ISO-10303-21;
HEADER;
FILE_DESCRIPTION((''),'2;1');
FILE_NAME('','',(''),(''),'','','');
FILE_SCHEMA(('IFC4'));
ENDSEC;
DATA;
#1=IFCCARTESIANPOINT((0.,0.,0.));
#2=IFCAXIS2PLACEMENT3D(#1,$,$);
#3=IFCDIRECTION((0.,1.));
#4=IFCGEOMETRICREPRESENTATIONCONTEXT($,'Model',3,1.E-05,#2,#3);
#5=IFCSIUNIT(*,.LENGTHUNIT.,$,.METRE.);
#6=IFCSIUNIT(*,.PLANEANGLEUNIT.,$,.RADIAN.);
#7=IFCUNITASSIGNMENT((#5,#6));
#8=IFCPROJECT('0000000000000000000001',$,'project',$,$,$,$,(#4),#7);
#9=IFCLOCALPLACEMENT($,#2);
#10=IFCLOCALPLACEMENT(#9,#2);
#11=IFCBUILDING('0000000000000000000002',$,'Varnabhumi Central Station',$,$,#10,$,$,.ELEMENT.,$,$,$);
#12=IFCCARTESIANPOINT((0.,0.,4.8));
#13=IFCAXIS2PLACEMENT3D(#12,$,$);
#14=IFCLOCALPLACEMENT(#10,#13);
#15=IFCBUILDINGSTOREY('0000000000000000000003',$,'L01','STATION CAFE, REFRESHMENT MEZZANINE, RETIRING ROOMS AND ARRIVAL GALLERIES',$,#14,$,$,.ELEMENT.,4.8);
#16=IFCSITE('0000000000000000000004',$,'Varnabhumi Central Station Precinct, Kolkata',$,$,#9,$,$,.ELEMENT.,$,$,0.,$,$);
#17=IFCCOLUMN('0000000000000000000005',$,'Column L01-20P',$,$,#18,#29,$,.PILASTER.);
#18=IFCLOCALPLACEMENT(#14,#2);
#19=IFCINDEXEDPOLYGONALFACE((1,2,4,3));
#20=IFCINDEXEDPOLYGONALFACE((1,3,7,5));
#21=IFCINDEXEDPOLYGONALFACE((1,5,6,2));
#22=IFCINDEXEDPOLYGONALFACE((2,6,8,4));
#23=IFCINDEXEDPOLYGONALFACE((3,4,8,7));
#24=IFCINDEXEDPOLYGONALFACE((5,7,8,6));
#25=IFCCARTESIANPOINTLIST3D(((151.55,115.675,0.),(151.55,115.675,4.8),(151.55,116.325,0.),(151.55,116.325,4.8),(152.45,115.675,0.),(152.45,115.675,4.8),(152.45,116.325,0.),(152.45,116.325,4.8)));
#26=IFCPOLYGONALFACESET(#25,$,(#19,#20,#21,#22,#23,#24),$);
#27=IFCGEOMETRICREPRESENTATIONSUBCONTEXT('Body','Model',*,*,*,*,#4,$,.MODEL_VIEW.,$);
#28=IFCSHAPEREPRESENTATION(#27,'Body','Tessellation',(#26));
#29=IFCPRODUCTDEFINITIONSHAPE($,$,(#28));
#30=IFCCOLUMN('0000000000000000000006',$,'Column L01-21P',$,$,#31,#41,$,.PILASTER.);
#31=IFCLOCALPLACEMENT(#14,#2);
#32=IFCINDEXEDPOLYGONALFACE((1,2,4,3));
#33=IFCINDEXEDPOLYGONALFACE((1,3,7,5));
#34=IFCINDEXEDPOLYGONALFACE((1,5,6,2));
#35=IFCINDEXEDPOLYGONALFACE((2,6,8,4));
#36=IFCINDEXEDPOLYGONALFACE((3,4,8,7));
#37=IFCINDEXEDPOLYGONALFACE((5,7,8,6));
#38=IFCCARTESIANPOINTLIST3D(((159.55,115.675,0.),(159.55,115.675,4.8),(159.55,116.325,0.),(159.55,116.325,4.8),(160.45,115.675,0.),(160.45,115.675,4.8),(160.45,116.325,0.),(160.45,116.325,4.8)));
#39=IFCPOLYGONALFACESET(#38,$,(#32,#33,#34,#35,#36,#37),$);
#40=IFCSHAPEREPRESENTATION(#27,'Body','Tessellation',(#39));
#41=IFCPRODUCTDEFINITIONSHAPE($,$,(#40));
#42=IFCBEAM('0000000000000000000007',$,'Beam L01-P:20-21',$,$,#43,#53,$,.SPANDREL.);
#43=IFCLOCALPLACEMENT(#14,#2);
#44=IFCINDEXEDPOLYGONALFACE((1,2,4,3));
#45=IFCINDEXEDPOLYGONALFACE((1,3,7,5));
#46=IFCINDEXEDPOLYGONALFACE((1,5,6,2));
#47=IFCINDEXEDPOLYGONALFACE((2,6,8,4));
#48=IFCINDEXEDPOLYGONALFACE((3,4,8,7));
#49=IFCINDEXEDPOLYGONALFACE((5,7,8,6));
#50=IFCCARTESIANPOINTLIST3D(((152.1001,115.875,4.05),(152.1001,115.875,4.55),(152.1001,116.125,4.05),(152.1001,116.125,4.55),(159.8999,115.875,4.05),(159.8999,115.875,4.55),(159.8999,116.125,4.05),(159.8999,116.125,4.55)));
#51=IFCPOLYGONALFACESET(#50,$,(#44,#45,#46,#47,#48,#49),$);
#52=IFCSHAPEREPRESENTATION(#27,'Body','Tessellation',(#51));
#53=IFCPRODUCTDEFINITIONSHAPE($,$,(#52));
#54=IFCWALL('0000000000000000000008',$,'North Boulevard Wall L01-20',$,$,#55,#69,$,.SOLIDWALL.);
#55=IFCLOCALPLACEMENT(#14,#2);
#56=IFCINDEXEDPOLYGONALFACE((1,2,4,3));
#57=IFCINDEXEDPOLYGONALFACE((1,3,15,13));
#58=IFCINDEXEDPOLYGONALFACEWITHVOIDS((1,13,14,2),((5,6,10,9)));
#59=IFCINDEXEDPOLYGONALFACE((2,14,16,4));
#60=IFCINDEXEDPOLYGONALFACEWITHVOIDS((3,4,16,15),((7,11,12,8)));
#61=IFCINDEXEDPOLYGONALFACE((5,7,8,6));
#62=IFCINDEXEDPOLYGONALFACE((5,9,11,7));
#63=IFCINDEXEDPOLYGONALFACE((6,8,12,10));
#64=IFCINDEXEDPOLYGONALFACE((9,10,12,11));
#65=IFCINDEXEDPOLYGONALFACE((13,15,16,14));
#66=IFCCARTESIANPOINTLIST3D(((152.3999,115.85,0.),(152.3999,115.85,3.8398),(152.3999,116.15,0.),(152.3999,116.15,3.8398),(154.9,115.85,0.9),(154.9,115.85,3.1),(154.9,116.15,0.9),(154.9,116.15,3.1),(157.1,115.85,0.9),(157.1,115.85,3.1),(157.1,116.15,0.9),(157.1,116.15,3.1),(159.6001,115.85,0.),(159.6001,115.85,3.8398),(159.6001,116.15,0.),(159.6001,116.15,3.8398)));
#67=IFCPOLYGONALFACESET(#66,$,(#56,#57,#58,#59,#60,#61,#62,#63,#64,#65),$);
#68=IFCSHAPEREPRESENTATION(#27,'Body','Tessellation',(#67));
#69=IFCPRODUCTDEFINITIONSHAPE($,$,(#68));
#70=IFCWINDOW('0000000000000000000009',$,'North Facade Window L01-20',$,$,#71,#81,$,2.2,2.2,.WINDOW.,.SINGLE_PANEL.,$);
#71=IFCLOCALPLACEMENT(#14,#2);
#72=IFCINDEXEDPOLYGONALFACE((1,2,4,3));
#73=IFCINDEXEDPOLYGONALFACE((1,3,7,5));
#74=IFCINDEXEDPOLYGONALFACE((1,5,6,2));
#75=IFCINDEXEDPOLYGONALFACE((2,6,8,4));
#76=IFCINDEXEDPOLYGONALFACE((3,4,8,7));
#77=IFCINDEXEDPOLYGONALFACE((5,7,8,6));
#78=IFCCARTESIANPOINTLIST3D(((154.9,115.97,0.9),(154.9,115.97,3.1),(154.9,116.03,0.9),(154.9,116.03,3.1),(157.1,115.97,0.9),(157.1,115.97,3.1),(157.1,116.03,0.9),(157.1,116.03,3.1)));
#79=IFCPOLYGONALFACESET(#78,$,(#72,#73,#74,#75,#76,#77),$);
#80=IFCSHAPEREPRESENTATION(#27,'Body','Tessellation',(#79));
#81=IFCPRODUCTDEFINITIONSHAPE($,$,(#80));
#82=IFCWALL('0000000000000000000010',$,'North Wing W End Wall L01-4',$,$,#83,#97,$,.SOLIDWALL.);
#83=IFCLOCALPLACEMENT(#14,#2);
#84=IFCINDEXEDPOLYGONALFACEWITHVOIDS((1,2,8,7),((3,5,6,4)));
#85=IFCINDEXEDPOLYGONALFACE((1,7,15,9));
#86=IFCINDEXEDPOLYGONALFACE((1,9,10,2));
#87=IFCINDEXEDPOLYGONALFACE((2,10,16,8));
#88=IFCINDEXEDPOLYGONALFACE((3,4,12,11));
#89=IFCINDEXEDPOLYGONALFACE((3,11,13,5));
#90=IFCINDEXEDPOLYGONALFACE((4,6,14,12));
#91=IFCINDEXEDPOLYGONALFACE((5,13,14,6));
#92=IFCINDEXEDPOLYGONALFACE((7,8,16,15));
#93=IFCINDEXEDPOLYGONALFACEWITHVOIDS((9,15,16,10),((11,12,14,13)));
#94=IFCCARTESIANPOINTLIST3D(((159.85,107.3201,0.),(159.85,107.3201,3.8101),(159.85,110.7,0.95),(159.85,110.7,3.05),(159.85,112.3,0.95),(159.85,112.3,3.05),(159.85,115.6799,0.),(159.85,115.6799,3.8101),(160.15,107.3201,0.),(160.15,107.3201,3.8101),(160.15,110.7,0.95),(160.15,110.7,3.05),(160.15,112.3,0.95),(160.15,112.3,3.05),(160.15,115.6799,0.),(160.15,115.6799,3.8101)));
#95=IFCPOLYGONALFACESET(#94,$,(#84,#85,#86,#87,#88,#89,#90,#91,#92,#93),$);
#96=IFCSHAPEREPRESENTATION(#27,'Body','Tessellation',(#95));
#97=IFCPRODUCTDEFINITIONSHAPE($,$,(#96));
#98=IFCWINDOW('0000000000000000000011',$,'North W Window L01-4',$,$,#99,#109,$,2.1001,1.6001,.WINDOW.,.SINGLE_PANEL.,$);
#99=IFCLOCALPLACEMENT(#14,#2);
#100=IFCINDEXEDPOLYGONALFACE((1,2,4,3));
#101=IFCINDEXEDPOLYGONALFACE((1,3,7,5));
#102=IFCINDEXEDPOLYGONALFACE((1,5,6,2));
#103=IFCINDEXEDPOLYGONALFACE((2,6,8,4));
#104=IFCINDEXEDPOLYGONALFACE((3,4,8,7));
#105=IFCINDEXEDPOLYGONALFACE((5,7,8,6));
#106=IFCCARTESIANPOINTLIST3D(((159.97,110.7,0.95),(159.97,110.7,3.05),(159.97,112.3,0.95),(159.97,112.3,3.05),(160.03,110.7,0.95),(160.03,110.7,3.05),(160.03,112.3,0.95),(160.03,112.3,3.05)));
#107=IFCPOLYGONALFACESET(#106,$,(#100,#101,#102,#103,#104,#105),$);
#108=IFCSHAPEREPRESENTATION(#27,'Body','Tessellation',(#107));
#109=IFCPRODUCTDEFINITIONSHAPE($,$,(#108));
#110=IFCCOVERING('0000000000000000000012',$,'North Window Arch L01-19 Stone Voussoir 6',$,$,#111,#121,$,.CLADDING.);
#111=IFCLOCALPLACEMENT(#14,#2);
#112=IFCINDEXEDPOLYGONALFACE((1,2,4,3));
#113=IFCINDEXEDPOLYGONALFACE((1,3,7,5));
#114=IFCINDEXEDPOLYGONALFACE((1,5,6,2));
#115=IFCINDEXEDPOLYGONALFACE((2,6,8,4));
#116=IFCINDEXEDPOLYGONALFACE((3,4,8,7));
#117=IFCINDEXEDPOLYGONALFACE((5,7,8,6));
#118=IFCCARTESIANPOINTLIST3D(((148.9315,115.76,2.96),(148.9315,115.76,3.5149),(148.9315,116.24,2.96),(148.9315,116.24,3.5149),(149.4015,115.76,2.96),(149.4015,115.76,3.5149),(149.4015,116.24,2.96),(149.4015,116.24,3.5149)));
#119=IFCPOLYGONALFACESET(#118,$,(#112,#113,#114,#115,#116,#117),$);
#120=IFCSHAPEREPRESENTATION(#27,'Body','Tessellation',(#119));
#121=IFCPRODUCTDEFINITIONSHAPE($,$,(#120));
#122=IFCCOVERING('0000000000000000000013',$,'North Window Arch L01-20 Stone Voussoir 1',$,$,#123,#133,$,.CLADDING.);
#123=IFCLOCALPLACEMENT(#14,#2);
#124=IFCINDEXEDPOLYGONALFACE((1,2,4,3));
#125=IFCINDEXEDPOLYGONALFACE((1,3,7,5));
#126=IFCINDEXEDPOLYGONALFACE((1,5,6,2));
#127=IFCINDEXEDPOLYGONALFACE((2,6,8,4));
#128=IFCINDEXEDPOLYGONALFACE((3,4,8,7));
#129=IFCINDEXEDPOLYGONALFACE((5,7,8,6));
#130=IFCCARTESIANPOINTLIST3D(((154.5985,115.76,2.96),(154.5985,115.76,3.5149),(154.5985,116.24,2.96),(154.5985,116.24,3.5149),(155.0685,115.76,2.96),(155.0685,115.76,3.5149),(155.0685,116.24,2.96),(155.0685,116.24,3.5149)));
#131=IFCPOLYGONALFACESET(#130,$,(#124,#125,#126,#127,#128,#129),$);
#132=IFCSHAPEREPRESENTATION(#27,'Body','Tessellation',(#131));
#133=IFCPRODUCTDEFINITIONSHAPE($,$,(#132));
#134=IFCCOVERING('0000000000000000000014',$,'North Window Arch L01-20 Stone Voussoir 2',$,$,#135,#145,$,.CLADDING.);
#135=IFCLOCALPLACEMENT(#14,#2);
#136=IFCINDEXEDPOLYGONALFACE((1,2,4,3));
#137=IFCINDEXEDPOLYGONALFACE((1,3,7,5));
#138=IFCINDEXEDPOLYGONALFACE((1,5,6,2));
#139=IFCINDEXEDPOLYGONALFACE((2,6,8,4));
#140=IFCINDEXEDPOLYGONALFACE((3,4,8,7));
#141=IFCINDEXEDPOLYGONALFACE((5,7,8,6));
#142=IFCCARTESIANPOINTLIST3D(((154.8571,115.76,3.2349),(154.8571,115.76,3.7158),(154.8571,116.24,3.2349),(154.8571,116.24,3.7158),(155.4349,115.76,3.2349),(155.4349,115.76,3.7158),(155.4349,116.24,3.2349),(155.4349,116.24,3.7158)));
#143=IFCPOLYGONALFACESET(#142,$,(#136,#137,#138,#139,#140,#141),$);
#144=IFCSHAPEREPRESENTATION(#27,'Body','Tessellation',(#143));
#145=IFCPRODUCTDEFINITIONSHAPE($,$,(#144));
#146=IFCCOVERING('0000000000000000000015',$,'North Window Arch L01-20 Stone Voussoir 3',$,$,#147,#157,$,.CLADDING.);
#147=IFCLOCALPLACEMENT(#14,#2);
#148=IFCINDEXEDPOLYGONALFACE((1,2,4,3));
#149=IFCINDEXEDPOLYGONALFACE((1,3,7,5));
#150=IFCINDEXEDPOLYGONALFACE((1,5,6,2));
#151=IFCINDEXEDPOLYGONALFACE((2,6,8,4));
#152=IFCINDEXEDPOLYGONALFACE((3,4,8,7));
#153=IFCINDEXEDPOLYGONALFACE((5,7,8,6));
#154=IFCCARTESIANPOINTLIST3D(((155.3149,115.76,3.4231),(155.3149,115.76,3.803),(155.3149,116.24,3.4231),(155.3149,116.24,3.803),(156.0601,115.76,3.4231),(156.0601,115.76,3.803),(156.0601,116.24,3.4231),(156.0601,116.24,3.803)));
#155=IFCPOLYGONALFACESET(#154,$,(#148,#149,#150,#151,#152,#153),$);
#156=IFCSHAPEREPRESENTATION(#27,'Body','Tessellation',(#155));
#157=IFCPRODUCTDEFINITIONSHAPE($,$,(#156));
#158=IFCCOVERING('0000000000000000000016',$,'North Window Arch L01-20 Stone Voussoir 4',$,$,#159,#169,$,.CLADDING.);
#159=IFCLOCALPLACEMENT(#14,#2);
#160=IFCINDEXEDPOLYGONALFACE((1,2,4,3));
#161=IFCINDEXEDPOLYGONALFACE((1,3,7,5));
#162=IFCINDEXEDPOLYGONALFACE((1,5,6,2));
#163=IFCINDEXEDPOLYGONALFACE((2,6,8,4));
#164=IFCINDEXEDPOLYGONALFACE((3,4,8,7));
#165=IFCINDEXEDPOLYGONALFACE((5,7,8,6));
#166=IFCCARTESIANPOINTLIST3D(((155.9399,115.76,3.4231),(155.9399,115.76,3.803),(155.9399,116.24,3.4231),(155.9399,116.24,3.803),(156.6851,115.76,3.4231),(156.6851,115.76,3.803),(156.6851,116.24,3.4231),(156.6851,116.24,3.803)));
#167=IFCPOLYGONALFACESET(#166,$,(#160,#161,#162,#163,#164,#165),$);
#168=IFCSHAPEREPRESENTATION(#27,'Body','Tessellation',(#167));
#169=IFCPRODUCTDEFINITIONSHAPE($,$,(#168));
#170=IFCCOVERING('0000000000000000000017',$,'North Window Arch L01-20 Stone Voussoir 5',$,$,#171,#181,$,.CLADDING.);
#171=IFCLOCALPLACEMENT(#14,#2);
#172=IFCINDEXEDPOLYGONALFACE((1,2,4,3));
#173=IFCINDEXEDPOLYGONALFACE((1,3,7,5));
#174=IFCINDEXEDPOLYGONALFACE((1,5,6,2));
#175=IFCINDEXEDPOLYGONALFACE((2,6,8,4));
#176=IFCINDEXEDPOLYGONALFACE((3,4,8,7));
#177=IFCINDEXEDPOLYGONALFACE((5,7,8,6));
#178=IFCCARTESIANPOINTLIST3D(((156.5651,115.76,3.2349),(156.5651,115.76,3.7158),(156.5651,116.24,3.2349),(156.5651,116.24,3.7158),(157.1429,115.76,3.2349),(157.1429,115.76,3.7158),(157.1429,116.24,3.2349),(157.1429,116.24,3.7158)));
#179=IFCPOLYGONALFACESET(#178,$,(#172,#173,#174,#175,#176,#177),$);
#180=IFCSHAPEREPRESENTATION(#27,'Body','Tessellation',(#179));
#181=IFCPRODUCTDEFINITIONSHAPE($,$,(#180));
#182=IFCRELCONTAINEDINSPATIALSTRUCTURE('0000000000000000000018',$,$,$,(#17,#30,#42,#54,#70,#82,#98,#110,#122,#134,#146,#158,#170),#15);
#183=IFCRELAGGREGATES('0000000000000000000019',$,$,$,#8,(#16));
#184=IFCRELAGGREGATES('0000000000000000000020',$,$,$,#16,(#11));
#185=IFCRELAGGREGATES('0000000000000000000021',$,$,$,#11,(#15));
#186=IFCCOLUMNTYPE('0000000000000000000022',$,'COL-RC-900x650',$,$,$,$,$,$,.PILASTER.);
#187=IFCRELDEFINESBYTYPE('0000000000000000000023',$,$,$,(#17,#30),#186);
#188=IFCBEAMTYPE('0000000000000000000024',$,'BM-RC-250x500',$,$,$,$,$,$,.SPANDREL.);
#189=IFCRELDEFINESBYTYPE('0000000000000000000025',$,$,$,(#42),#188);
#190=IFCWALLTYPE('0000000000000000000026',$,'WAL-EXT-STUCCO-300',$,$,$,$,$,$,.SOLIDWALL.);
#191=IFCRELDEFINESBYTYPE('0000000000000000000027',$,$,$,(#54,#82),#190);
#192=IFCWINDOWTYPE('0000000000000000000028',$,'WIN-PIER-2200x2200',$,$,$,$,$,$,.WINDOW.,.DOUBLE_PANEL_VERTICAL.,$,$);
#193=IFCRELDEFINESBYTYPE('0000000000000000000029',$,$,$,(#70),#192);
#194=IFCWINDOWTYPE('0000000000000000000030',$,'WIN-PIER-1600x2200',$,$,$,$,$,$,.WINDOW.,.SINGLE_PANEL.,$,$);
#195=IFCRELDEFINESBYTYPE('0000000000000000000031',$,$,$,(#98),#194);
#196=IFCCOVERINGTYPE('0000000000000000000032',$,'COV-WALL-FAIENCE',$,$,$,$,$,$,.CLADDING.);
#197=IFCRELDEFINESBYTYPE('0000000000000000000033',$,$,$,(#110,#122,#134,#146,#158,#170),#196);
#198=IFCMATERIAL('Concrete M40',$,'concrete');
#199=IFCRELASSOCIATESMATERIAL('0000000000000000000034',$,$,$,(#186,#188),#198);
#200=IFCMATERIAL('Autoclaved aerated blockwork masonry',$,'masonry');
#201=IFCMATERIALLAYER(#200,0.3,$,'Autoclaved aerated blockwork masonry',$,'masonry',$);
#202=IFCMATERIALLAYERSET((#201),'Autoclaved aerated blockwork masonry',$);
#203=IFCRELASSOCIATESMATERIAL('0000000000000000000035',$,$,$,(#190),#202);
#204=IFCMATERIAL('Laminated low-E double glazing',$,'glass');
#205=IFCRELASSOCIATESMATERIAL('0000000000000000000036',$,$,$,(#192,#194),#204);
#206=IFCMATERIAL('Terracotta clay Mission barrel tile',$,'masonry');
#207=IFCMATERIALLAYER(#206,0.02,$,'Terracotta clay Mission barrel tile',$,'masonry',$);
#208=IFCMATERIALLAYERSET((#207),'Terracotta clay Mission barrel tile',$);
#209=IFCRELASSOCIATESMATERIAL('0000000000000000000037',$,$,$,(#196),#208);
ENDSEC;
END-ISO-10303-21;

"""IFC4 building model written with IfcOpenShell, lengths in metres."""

from ifc_helpers import new_model, si_unit, direction, frame, frame_2d, origin, origin_2d, place, context, subcontext, project, spatial, rectangle, extrude, material, layer, layer_set, material_profile, profile_set, type_object, element, fill, save


model = new_model("IFC4")

# Units and contexts
model_context = context("Model", 3, precision=1e-05, world=origin(), true_north=direction((0.0, 1.0)))
body_context = subcontext(model_context, "Body", "Model", "MODEL_VIEW")
ifc_project = project(units=[si_unit("LENGTHUNIT", "METRE"), si_unit("PLANEANGLEUNIT", "RADIAN")], contexts=[model_context])

# Site, building, storey
site_placement = place(None, origin())
site = spatial("IfcSite", under=ifc_project, at=site_placement, Name="Varnabhumi Central Station Precinct, Kolkata", CompositionType="ELEMENT", RefElevation=0.0)
building_placement = place(site_placement, origin())
building = spatial("IfcBuilding", under=site, at=building_placement, Name="Varnabhumi Central Station", CompositionType="ELEMENT")
storey_placement = place(building_placement, frame((0.0, 0.0, 4.8)))
storey = spatial("IfcBuildingStorey", under=building, at=storey_placement, Name="L01", Description="STATION CAFE, REFRESHMENT MEZZANINE, RETIRING ROOMS AND ARRIVAL GALLERIES", CompositionType="ELEMENT", Elevation=4.8)

# Columns
ifc_material_1 = material(Name="Concrete M40", Category="concrete")
ifc_material_profile_1 = material_profile(ifc_material_1, rectangle(XDim=0.8999, YDim=0.6499, at=origin_2d()), Name="Concrete M40", Category="concrete")
ifc_profile_set_1 = profile_set([ifc_material_profile_1], Name="Concrete M40")
column_type = type_object("IfcColumnType", Name="COL-RC-900x650", PredefinedType="PILASTER", material=ifc_profile_set_1)
for number, where, z_axis, x_axis, name in (
    (1, (152.0, 116.0, 0.0), (0.0, 0.0, 1.0), (1.0, 0.0, 0.0), "Column L01-20P"),
    (2, (160.0, 116.0, 0.0), (0.0, 0.0, 1.0), (1.0, 0.0, 0.0), "Column L01-21P"),
):
    element("IfcColumn", number, at=place(storey_placement, frame(where, z_axis=z_axis, x_axis=x_axis)), inside=storey, type_object=column_type, Name=name, PredefinedType="PILASTER", context=body_context, shape_type="SweptSolid", body=[
        extrude(rectangle(XDim=0.8999, YDim=0.6499, at=origin_2d()), origin(), (0.0, 0.0, 1.0), 4.8),
    ])

# Beam
ifc_material_profile_2 = material_profile(ifc_material_1, rectangle(XDim=0.25, YDim=0.5, at=origin_2d()), Name="Concrete M40", Category="concrete")
ifc_profile_set_2 = profile_set([ifc_material_profile_2], Name="Concrete M40")
beam_type = type_object("IfcBeamType", Name="BM-RC-250x500", PredefinedType="SPANDREL", material=ifc_profile_set_2)
beam_placement = place(storey_placement, frame((152.1001, 116.0, 4.3), z_axis=(1.0, 0.0, 0.0), x_axis=(0.0, 1.0, 0.0)))
element("IfcBeam", 3, at=beam_placement, inside=storey, type_object=beam_type, Name="Beam L01-P:20-21", PredefinedType="SPANDREL", context=body_context, shape_type="SweptSolid", body=[
    extrude(rectangle(XDim=0.25, YDim=0.5, at=origin_2d()), origin(), (0.0, 0.0, 1.0), 7.7998),
])

# Walls, openings, windows
ifc_material_2 = material(Name="Autoclaved aerated blockwork masonry", Category="masonry")
ifc_layer_1 = layer(ifc_material_2, 0.3, Name="Autoclaved aerated blockwork masonry", Category="masonry")
ifc_layer_set_1 = layer_set([ifc_layer_1], Name="Autoclaved aerated blockwork masonry")
wall_type = type_object("IfcWallType", Name="WAL-EXT-STUCCO-300", PredefinedType="SOLIDWALL", material=ifc_layer_set_1)
wall_1_placement = place(storey_placement, frame((152.3999, 116.0, 0.0), z_axis=(0.0, 0.0, 1.0), x_axis=(1.0, 0.0, 0.0)))
wall_1 = element("IfcWall", 4, at=wall_1_placement, inside=storey, type_object=wall_type, Name="North Boulevard Wall L01-20", PredefinedType="SOLIDWALL", context=body_context, shape_type="SweptSolid", body=[
    extrude(rectangle(XDim=7.2002, YDim=0.3, at=frame_2d((3.6001, 0.0))), origin(), (0.0, 0.0, 1.0), 3.8398),
])
opening_1_placement = place(wall_1_placement, frame((2.5, 0.0, 0.8999)))
opening_1 = element("IfcOpeningElement", 5, at=opening_1_placement, cuts=wall_1, PredefinedType="OPENING", context=body_context, shape_type="SweptSolid", body=[
    extrude(rectangle(XDim=2.2, YDim=2.2, at=frame_2d((1.1001, 1.1001))), frame((0.0, 0.1599, 0.0), z_axis=(0.0, -1.0, 0.0), x_axis=(1.0, 0.0, 0.0)), (0.0, 0.0, 1.0), 0.3201),
])
ifc_material_3 = material(Name="Laminated low-E double glazing", Category="glass")
window_type_1 = type_object("IfcWindowType", Name="WIN-PIER-2200x2200", PartitioningType="DOUBLE_PANEL_VERTICAL", PredefinedType="WINDOW", material=ifc_material_3)
window_1_placement = place(opening_1_placement, origin())
window_1 = element("IfcWindow", 6, at=window_1_placement, inside=storey, type_object=window_type_1, Name="North Facade Window L01-20", OverallHeight=2.2, OverallWidth=2.2, PartitioningType="SINGLE_PANEL", PredefinedType="WINDOW", context=body_context, shape_type="SweptSolid", body=[
    extrude(rectangle(XDim=2.2, YDim=2.2, at=frame_2d((1.1001, 1.1001))), frame((0.0, 0.03, 0.0), z_axis=(0.0, -1.0, 0.0), x_axis=(1.0, 0.0, 0.0)), (0.0, 0.0, 1.0), 0.0601),
])
fill(opening_1, window_1)
wall_2_placement = place(storey_placement, frame((160.0, 107.3201, 0.0), z_axis=(0.0, 0.0, 1.0), x_axis=(0.0, 1.0, 0.0)))
wall_2 = element("IfcWall", 7, at=wall_2_placement, inside=storey, type_object=wall_type, Name="North Wing W End Wall L01-4", PredefinedType="SOLIDWALL", context=body_context, shape_type="SweptSolid", body=[
    extrude(rectangle(XDim=8.3599, YDim=0.3, at=frame_2d((4.1799, 0.0))), origin(), (0.0, 0.0, 1.0), 3.8101),
])
opening_2_placement = place(wall_2_placement, frame((3.3799, 0.0, 0.95)))
opening_2 = element("IfcOpeningElement", 8, at=opening_2_placement, cuts=wall_2, PredefinedType="OPENING", context=body_context, shape_type="SweptSolid", body=[
    extrude(rectangle(XDim=1.6001, YDim=2.1001, at=frame_2d((0.8, 1.05))), frame((0.0, 0.1599, 0.0), z_axis=(0.0, -1.0, 0.0), x_axis=(1.0, 0.0, 0.0)), (0.0, 0.0, 1.0), 0.3201),
])
window_type_2 = type_object("IfcWindowType", Name="WIN-PIER-1600x2200", PartitioningType="SINGLE_PANEL", PredefinedType="WINDOW", material=ifc_material_3)
window_2_placement = place(opening_2_placement, origin())
window_2 = element("IfcWindow", 9, at=window_2_placement, inside=storey, type_object=window_type_2, Name="North W Window L01-4", OverallHeight=2.1001, OverallWidth=1.6001, PartitioningType="SINGLE_PANEL", PredefinedType="WINDOW", context=body_context, shape_type="SweptSolid", body=[
    extrude(rectangle(XDim=1.6001, YDim=2.1001, at=frame_2d((0.8, 1.05))), frame((0.0, 0.03, 0.0), z_axis=(0.0, -1.0, 0.0), x_axis=(1.0, 0.0, 0.0)), (0.0, 0.0, 1.0), 0.0601),
])
fill(opening_2, window_2)

# Coverings
ifc_material_4 = material(Name="Terracotta clay Mission barrel tile", Category="masonry")
ifc_layer_2 = layer(ifc_material_4, 0.02, Name="Terracotta clay Mission barrel tile", Category="masonry")
ifc_layer_set_2 = layer_set([ifc_layer_2], Name="Terracotta clay Mission barrel tile")
covering_type = type_object("IfcCoveringType", Name="COV-WALL-FAIENCE", PredefinedType="CLADDING", material=ifc_layer_set_2)
for number, where, z_axis, x_axis, name in (
    (10, (149.1665, 116.0, 2.96), (0.0, 0.0, 1.0), (1.0, 0.0, 0.0), "North Window Arch L01-19 Stone Voussoir 6"),
    (11, (154.8335, 116.0, 2.96), (0.0, 0.0, 1.0), (1.0, 0.0, 0.0), "North Window Arch L01-20 Stone Voussoir 1"),
):
    element("IfcCovering", number, at=place(storey_placement, frame(where, z_axis=z_axis, x_axis=x_axis)), inside=storey, type_object=covering_type, Name=name, PredefinedType="CLADDING", context=body_context, shape_type="SweptSolid", body=[
        extrude(rectangle(XDim=0.47, YDim=0.48, at=origin_2d()), origin(), (0.0, 0.0, 1.0), 0.5549),
    ])
covering_1_placement = place(storey_placement, frame((155.146, 116.0, 3.2349), z_axis=(0.0, 0.0, 1.0), x_axis=(1.0, 0.0, 0.0)))
element("IfcCovering", 12, at=covering_1_placement, inside=storey, type_object=covering_type, Name="North Window Arch L01-20 Stone Voussoir 2", PredefinedType="CLADDING", context=body_context, shape_type="SweptSolid", body=[
    extrude(rectangle(XDim=0.5779, YDim=0.48, at=origin_2d()), origin(), (0.0, 0.0, 1.0), 0.481),
])
for number, where, z_axis, x_axis, name in (
    (13, (155.6875, 116.0, 3.4231), (0.0, 0.0, 1.0), (1.0, 0.0, 0.0), "North Window Arch L01-20 Stone Voussoir 3"),
    (14, (156.3125, 116.0, 3.4231), (0.0, 0.0, 1.0), (1.0, 0.0, 0.0), "North Window Arch L01-20 Stone Voussoir 4"),
):
    element("IfcCovering", number, at=place(storey_placement, frame(where, z_axis=z_axis, x_axis=x_axis)), inside=storey, type_object=covering_type, Name=name, PredefinedType="CLADDING", context=body_context, shape_type="SweptSolid", body=[
        extrude(rectangle(XDim=0.7451, YDim=0.48, at=origin_2d()), origin(), (0.0, 0.0, 1.0), 0.3799),
    ])
covering_2_placement = place(storey_placement, frame((156.854, 116.0, 3.2349), z_axis=(0.0, 0.0, 1.0), x_axis=(1.0, 0.0, 0.0)))
element("IfcCovering", 15, at=covering_2_placement, inside=storey, type_object=covering_type, Name="North Window Arch L01-20 Stone Voussoir 5", PredefinedType="CLADDING", context=body_context, shape_type="SweptSolid", body=[
    extrude(rectangle(XDim=0.5779, YDim=0.48, at=origin_2d()), origin(), (0.0, 0.0, 1.0), 0.481),
])

save(model, "model.ifc")
